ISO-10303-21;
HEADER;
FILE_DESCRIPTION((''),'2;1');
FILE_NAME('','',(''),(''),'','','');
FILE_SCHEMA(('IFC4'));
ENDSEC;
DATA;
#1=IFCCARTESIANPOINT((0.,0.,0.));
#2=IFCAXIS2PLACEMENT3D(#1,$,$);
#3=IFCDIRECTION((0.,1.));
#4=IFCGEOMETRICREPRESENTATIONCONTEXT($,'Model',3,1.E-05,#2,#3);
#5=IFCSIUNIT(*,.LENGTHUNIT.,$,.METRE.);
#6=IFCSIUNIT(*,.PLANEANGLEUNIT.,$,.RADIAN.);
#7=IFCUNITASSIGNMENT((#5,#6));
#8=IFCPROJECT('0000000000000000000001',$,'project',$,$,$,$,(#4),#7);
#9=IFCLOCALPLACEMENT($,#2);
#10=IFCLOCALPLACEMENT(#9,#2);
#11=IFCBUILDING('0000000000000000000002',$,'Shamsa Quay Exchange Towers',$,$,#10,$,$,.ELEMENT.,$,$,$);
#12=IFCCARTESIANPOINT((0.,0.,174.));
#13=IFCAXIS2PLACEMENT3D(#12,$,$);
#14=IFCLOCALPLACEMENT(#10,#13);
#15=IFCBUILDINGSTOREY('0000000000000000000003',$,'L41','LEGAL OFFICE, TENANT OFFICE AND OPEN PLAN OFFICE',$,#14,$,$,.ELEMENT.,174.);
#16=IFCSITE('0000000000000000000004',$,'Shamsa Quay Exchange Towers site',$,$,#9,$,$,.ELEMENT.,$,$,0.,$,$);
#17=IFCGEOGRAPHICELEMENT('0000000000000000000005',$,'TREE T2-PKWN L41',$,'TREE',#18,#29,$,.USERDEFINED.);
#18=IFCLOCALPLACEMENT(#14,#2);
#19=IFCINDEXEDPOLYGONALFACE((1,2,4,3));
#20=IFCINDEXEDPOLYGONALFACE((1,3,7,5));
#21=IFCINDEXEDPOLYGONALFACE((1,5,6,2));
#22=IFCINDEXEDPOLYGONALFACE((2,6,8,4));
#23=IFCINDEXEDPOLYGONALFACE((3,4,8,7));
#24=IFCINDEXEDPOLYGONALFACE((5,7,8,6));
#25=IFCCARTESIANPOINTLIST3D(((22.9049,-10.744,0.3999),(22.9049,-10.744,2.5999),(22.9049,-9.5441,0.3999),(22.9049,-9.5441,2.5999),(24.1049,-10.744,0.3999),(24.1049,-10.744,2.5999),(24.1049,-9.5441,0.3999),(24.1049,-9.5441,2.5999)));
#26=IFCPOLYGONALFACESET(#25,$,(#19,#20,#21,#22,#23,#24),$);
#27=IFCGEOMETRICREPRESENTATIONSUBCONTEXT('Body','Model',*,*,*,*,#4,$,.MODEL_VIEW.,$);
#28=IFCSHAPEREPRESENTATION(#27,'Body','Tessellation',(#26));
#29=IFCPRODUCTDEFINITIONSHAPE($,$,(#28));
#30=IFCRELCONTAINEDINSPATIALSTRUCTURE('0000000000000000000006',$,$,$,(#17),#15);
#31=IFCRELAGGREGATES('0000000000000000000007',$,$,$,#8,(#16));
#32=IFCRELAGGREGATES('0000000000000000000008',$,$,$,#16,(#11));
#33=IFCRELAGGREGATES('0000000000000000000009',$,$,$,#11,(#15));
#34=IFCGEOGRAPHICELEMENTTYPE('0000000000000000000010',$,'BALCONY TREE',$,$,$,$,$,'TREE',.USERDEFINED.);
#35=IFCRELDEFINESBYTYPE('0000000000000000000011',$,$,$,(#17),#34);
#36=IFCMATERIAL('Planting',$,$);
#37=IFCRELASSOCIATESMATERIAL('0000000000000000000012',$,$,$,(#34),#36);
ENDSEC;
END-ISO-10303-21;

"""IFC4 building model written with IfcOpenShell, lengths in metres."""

from ifc_helpers import new_model, si_unit, direction, frame, origin, origin_2d, place, context, subcontext, project, spatial, rectangle, extrude, material, type_object, element, save


model = new_model("IFC4")

# Units and contexts
model_context = context("Model", 3, precision=1e-05, world=origin(), true_north=direction((0.0, 1.0)))
body_context = subcontext(model_context, "Body", "Model", "MODEL_VIEW")
ifc_project = project(units=[si_unit("LENGTHUNIT", "METRE"), si_unit("PLANEANGLEUNIT", "RADIAN")], contexts=[model_context])

# Site, building, storey
site_placement = place(None, origin())
site = spatial("IfcSite", under=ifc_project, at=site_placement, Name="Shamsa Quay Exchange Towers site", CompositionType="ELEMENT", RefElevation=0.0)
building_placement = place(site_placement, origin())
building = spatial("IfcBuilding", under=site, at=building_placement, Name="Shamsa Quay Exchange Towers", CompositionType="ELEMENT")
storey_placement = place(building_placement, frame((0.0, 0.0, 174.0)))
storey = spatial("IfcBuildingStorey", under=building, at=storey_placement, Name="L41", Description="LEGAL OFFICE, TENANT OFFICE AND OPEN PLAN OFFICE", CompositionType="ELEMENT", Elevation=174.0)

# Geographic element
ifc_material_1 = material(Name="Planting")
geographic_element_type = type_object("IfcGeographicElementType", Name="BALCONY TREE", ElementType="TREE", PredefinedType="USERDEFINED", material=ifc_material_1)
geographic_element_placement = place(storey_placement, frame((23.5049, -10.144, 0.3999), z_axis=(0.0, 0.0, 1.0), x_axis=(0.0, -1.0, 0.0)))
element("IfcGeographicElement", 1, at=geographic_element_placement, inside=storey, type_object=geographic_element_type, Name="TREE T2-PKWN L41", ObjectType="TREE", PredefinedType="USERDEFINED", context=body_context, shape_type="SweptSolid", body=[
    extrude(rectangle(XDim=1.2, YDim=1.2, at=origin_2d()), origin(), (0.0, 0.0, 1.0), 2.2),
])

save(model, "model.ifc")
